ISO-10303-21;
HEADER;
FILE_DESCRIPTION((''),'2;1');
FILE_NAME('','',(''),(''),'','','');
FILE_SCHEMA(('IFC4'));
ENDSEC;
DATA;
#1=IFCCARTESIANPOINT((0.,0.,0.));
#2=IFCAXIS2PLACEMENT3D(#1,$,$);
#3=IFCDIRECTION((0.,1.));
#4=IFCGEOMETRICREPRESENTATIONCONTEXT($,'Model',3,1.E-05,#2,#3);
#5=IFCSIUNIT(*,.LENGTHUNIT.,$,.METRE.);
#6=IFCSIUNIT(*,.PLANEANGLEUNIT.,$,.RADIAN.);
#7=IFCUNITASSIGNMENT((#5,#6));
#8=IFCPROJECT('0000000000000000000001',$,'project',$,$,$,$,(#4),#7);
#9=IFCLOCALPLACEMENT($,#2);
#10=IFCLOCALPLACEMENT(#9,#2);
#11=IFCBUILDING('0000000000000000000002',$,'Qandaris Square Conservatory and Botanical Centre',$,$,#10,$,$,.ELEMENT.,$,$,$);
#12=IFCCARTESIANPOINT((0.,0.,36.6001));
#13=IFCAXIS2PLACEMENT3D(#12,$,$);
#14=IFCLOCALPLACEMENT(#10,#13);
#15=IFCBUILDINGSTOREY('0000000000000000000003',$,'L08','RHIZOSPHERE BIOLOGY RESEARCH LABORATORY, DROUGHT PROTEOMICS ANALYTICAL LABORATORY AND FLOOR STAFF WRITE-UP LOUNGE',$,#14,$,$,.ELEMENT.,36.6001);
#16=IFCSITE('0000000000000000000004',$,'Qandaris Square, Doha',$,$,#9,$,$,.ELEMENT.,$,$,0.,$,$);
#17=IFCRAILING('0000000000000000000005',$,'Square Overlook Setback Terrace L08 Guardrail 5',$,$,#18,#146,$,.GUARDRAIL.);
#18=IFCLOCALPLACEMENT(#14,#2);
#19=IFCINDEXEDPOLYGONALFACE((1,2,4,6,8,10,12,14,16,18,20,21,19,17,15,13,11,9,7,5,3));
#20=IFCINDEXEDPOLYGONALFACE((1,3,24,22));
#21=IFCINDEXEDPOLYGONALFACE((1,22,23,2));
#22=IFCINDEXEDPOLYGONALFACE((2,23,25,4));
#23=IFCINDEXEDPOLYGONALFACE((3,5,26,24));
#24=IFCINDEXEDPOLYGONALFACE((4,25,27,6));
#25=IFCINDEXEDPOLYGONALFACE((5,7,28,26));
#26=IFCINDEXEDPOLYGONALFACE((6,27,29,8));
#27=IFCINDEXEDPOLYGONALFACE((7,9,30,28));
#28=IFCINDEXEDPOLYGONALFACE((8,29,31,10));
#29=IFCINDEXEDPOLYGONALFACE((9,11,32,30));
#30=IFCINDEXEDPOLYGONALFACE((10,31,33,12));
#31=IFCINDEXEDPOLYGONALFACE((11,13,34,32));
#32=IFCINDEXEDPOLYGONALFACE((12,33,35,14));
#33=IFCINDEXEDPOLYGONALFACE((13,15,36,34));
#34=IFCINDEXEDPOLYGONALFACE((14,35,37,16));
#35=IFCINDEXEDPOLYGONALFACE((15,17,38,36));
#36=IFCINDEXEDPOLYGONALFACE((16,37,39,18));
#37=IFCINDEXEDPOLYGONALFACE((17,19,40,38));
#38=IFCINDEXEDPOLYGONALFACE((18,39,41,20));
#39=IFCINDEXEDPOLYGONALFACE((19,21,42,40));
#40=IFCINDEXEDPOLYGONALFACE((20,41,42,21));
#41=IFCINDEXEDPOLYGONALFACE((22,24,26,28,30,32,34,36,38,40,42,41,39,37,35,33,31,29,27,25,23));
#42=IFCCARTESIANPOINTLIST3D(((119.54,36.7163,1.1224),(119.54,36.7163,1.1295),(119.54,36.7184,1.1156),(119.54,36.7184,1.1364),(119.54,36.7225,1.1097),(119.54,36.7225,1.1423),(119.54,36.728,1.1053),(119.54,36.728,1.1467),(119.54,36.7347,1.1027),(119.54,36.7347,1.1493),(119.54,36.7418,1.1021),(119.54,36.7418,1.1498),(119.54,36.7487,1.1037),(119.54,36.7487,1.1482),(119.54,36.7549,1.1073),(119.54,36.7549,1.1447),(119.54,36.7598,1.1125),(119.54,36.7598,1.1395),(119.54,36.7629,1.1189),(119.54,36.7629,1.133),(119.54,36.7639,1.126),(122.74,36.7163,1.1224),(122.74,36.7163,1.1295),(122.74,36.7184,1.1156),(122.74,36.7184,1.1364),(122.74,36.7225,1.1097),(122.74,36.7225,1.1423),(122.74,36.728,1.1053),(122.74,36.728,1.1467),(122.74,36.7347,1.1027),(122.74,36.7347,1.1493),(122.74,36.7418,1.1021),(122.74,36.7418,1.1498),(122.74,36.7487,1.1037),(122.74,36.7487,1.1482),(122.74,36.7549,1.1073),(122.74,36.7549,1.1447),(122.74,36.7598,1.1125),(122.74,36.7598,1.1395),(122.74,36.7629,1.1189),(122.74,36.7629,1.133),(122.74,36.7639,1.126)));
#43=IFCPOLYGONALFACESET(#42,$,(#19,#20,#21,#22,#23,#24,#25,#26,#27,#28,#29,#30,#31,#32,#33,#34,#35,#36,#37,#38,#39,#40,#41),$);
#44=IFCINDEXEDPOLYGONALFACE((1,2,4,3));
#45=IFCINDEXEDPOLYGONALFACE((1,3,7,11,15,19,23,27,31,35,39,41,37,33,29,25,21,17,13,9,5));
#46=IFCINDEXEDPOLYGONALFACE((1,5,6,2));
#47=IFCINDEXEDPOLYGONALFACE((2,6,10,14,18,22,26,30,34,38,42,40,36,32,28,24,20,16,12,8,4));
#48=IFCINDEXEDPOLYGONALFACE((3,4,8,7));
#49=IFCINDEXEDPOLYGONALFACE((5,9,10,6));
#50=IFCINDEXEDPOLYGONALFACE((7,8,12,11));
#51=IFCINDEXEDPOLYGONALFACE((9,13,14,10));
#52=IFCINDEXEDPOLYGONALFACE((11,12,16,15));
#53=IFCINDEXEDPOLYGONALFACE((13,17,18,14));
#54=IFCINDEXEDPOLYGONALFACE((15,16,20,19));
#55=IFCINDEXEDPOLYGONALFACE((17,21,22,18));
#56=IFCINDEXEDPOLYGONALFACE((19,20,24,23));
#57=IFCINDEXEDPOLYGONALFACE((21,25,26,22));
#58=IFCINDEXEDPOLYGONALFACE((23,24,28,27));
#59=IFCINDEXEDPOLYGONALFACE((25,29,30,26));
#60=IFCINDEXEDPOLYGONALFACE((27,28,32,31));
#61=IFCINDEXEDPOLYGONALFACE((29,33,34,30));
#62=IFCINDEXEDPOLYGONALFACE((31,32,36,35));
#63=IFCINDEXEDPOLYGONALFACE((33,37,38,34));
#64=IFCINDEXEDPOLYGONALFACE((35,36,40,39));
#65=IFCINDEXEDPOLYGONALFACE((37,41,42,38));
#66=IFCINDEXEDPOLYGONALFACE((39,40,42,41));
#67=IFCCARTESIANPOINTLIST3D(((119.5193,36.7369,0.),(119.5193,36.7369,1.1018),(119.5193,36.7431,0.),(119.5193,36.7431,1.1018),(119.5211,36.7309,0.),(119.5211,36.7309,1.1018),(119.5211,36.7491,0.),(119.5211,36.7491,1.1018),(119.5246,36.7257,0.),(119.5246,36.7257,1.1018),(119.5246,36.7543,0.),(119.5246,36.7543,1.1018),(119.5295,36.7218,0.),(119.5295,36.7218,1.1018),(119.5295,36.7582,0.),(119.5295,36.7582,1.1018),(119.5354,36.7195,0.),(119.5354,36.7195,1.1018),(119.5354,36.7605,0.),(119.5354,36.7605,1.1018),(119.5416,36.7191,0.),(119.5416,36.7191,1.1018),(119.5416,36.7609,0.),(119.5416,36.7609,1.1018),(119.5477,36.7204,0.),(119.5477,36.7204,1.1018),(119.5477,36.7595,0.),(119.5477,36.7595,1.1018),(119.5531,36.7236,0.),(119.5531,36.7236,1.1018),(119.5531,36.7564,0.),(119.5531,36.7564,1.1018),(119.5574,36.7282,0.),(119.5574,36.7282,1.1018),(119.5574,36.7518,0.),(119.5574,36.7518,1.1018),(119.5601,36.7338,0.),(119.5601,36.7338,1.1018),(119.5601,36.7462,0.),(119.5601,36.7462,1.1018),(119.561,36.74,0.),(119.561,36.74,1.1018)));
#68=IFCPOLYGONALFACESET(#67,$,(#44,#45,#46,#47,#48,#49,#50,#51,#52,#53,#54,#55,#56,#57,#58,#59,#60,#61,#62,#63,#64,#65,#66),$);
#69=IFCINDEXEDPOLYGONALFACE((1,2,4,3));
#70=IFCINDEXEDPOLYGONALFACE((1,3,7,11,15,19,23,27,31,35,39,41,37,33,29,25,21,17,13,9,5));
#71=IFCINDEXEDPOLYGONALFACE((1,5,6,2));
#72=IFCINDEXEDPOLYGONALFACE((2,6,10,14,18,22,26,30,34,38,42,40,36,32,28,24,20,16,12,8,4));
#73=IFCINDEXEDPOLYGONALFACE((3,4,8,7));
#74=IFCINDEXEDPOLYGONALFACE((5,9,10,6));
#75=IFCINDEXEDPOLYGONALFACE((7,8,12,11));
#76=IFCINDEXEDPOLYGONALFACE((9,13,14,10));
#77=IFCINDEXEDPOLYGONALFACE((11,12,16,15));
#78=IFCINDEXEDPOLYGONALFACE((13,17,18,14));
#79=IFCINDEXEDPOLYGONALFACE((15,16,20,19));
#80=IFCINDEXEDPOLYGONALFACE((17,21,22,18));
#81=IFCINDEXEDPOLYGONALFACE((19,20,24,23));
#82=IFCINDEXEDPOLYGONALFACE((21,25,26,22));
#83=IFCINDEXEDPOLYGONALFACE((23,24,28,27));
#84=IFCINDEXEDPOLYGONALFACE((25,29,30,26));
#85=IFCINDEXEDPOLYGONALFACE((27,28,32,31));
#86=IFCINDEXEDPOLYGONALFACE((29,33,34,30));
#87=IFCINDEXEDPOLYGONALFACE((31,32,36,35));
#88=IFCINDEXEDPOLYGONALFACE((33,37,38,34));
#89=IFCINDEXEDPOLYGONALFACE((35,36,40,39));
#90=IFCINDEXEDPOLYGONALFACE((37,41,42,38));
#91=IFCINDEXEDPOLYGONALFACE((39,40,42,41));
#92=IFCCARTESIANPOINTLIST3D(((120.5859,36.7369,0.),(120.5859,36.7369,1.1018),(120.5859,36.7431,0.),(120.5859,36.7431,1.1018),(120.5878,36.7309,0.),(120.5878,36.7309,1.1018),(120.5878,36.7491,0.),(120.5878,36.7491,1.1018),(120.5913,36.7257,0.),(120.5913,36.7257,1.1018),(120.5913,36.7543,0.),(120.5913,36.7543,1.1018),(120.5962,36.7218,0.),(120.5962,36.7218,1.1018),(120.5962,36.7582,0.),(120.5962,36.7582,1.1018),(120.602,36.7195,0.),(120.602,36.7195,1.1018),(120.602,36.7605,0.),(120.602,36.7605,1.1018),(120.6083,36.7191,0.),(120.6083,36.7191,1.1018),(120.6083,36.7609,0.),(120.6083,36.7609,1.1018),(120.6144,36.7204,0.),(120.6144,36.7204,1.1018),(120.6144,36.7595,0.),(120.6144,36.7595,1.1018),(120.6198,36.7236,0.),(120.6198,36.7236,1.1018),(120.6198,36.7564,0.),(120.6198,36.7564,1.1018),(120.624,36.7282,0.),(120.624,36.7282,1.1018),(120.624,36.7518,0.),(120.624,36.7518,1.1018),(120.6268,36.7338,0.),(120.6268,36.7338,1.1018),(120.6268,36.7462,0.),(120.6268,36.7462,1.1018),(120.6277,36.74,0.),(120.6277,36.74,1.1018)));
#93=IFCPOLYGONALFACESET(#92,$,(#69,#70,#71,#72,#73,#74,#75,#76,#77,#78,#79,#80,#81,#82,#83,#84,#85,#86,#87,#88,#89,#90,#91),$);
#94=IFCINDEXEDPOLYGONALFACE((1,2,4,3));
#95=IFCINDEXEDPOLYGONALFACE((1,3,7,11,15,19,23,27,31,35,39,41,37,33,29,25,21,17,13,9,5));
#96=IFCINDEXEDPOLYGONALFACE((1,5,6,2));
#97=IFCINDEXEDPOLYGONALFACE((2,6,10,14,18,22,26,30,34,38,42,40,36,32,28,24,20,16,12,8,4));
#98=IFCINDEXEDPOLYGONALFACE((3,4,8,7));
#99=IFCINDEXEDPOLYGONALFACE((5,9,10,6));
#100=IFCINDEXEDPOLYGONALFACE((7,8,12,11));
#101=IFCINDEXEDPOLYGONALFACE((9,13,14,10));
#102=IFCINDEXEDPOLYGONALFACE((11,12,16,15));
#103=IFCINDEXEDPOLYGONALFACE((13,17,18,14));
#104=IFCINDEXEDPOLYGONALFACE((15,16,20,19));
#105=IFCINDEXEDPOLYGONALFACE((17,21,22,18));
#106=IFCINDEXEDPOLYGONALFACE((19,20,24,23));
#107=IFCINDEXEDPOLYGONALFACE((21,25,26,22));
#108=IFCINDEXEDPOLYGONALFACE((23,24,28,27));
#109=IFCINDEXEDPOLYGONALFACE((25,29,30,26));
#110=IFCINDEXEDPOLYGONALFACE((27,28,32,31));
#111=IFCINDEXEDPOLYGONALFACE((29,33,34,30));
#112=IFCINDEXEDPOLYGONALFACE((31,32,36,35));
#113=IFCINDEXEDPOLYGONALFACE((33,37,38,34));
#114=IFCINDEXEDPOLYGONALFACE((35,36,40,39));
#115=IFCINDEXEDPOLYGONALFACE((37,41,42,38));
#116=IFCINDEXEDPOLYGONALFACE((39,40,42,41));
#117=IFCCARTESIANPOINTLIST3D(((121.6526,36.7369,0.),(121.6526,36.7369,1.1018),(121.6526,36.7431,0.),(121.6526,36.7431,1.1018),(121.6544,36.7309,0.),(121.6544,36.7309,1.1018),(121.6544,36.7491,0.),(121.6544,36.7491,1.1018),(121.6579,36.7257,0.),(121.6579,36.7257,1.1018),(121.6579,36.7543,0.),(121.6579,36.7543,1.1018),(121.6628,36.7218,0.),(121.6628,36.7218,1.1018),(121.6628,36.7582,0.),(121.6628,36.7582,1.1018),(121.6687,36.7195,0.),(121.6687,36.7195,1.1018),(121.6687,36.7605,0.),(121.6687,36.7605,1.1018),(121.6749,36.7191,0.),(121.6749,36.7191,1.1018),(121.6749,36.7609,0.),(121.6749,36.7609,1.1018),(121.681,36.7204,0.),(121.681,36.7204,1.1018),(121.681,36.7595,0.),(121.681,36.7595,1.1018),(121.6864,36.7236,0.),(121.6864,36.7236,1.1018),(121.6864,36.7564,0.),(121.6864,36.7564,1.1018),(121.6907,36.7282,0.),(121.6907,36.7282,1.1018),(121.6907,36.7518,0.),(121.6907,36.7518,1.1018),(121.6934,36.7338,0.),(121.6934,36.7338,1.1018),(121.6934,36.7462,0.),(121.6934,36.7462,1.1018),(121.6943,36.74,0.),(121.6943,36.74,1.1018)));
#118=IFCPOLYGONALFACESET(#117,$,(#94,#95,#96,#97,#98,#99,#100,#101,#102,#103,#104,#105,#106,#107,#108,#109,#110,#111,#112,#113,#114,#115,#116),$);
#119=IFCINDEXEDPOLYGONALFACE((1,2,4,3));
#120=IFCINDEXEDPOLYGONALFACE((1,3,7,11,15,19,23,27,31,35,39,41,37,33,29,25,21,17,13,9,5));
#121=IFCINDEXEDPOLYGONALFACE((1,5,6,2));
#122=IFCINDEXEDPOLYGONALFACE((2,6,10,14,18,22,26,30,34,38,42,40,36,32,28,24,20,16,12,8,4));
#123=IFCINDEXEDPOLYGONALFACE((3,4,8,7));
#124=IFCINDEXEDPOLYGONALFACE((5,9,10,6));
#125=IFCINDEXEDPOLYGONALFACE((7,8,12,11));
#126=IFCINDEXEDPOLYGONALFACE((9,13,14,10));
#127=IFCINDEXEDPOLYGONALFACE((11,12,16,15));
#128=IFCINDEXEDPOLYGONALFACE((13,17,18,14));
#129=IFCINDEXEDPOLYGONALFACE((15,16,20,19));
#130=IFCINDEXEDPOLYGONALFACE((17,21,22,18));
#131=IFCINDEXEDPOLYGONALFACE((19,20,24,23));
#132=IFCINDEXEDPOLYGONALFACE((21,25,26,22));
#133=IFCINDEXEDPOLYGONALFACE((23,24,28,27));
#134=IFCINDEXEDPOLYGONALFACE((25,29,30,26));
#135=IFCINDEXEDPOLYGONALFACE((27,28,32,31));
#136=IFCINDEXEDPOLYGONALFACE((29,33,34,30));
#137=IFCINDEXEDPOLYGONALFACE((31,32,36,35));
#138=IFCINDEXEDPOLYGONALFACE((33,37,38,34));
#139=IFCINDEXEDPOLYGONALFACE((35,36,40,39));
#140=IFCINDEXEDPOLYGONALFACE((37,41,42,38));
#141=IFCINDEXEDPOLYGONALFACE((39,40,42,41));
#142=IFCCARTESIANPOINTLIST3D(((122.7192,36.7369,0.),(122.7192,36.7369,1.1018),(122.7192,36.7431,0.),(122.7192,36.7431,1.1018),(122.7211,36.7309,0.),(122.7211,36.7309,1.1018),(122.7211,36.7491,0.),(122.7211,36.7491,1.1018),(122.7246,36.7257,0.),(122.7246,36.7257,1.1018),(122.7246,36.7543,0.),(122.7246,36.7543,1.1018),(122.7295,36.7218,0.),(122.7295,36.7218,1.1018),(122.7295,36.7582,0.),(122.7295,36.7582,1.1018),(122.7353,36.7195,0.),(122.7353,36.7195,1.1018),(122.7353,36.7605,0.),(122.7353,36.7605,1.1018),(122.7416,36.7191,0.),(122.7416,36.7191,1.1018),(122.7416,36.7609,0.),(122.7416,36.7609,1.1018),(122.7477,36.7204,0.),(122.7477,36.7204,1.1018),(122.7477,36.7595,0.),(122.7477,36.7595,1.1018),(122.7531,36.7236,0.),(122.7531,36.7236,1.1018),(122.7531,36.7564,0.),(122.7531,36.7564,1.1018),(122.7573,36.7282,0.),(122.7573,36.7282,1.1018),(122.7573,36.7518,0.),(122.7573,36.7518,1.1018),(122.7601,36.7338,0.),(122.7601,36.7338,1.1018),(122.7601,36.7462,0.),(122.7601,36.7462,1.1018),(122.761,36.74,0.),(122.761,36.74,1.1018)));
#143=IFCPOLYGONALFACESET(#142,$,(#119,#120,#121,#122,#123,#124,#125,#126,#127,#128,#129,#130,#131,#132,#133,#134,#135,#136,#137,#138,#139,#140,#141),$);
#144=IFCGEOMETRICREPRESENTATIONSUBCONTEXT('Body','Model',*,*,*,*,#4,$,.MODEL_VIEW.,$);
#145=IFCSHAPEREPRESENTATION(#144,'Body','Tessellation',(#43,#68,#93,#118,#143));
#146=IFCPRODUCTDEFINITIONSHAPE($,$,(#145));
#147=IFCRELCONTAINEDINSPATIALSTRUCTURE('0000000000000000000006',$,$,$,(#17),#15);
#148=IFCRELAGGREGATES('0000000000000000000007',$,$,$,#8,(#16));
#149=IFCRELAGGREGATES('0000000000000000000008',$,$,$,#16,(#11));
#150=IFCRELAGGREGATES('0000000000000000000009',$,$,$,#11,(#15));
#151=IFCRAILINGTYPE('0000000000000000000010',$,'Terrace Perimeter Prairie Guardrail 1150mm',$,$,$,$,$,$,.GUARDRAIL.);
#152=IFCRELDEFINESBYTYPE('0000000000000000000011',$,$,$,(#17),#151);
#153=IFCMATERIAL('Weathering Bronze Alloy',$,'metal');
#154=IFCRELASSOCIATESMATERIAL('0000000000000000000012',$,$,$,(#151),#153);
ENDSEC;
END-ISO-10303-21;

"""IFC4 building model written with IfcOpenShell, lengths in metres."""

from ifc_helpers import new_model, si_unit, direction, frame, origin, origin_2d, place, context, subcontext, project, spatial, circle, extrude, material, type_object, element, save


model = new_model("IFC4")

# Units and contexts
model_context = context("Model", 3, precision=1e-05, world=origin(), true_north=direction((0.0, 1.0)))
body_context = subcontext(model_context, "Body", "Model", "MODEL_VIEW")
ifc_project = project(units=[si_unit("LENGTHUNIT", "METRE"), si_unit("PLANEANGLEUNIT", "RADIAN")], contexts=[model_context])

# Site, building, storey
site_placement = place(None, origin())
site = spatial("IfcSite", under=ifc_project, at=site_placement, Name="Qandaris Square, Doha", CompositionType="ELEMENT", RefElevation=0.0)
building_placement = place(site_placement, origin())
building = spatial("IfcBuilding", under=site, at=building_placement, Name="Qandaris Square Conservatory and Botanical Centre", CompositionType="ELEMENT")
storey_placement = place(building_placement, frame((0.0, 0.0, 36.6001)))
storey = spatial("IfcBuildingStorey", under=building, at=storey_placement, Name="L08", Description="RHIZOSPHERE BIOLOGY RESEARCH LABORATORY, DROUGHT PROTEOMICS ANALYTICAL LABORATORY AND FLOOR STAFF WRITE-UP LOUNGE", CompositionType="ELEMENT", Elevation=36.6001)

# Railing
ifc_material_1 = material(Name="Weathering Bronze Alloy", Category="metal")
railing_type = type_object("IfcRailingType", Name="Terrace Perimeter Prairie Guardrail 1150mm", PredefinedType="GUARDRAIL", material=ifc_material_1)
railing_1_placement = place(storey_placement, frame((119.54, 36.74, 0.0)))
element("IfcRailing", 1, at=railing_1_placement, inside=storey, type_object=railing_type, Name="Square Overlook Setback Terrace L08 Guardrail 5", PredefinedType="GUARDRAIL", context=body_context, shape_type="SweptSolid", body=[
    extrude(circle(Radius=0.0239, at=origin_2d()), frame((0.0, 0.0, 1.126), z_axis=(1.0, 0.0, 0.0), x_axis=(0.0, 1.0, 0.0)), (0.0, 0.0, 1.0), 3.2),
    extrude(circle(Radius=0.021, at=origin_2d()), origin(), (0.0, 0.0, 1.0), 1.1018),
    extrude(circle(Radius=0.021, at=origin_2d()), frame((1.0667, 0.0, 0.0)), (0.0, 0.0, 1.0), 1.1018),
    extrude(circle(Radius=0.021, at=origin_2d()), frame((2.1333, 0.0, 0.0)), (0.0, 0.0, 1.0), 1.1018),
    extrude(circle(Radius=0.021, at=origin_2d()), frame((3.2, 0.0, 0.0)), (0.0, 0.0, 1.0), 1.1018),
])

save(model, "model.ifc")
